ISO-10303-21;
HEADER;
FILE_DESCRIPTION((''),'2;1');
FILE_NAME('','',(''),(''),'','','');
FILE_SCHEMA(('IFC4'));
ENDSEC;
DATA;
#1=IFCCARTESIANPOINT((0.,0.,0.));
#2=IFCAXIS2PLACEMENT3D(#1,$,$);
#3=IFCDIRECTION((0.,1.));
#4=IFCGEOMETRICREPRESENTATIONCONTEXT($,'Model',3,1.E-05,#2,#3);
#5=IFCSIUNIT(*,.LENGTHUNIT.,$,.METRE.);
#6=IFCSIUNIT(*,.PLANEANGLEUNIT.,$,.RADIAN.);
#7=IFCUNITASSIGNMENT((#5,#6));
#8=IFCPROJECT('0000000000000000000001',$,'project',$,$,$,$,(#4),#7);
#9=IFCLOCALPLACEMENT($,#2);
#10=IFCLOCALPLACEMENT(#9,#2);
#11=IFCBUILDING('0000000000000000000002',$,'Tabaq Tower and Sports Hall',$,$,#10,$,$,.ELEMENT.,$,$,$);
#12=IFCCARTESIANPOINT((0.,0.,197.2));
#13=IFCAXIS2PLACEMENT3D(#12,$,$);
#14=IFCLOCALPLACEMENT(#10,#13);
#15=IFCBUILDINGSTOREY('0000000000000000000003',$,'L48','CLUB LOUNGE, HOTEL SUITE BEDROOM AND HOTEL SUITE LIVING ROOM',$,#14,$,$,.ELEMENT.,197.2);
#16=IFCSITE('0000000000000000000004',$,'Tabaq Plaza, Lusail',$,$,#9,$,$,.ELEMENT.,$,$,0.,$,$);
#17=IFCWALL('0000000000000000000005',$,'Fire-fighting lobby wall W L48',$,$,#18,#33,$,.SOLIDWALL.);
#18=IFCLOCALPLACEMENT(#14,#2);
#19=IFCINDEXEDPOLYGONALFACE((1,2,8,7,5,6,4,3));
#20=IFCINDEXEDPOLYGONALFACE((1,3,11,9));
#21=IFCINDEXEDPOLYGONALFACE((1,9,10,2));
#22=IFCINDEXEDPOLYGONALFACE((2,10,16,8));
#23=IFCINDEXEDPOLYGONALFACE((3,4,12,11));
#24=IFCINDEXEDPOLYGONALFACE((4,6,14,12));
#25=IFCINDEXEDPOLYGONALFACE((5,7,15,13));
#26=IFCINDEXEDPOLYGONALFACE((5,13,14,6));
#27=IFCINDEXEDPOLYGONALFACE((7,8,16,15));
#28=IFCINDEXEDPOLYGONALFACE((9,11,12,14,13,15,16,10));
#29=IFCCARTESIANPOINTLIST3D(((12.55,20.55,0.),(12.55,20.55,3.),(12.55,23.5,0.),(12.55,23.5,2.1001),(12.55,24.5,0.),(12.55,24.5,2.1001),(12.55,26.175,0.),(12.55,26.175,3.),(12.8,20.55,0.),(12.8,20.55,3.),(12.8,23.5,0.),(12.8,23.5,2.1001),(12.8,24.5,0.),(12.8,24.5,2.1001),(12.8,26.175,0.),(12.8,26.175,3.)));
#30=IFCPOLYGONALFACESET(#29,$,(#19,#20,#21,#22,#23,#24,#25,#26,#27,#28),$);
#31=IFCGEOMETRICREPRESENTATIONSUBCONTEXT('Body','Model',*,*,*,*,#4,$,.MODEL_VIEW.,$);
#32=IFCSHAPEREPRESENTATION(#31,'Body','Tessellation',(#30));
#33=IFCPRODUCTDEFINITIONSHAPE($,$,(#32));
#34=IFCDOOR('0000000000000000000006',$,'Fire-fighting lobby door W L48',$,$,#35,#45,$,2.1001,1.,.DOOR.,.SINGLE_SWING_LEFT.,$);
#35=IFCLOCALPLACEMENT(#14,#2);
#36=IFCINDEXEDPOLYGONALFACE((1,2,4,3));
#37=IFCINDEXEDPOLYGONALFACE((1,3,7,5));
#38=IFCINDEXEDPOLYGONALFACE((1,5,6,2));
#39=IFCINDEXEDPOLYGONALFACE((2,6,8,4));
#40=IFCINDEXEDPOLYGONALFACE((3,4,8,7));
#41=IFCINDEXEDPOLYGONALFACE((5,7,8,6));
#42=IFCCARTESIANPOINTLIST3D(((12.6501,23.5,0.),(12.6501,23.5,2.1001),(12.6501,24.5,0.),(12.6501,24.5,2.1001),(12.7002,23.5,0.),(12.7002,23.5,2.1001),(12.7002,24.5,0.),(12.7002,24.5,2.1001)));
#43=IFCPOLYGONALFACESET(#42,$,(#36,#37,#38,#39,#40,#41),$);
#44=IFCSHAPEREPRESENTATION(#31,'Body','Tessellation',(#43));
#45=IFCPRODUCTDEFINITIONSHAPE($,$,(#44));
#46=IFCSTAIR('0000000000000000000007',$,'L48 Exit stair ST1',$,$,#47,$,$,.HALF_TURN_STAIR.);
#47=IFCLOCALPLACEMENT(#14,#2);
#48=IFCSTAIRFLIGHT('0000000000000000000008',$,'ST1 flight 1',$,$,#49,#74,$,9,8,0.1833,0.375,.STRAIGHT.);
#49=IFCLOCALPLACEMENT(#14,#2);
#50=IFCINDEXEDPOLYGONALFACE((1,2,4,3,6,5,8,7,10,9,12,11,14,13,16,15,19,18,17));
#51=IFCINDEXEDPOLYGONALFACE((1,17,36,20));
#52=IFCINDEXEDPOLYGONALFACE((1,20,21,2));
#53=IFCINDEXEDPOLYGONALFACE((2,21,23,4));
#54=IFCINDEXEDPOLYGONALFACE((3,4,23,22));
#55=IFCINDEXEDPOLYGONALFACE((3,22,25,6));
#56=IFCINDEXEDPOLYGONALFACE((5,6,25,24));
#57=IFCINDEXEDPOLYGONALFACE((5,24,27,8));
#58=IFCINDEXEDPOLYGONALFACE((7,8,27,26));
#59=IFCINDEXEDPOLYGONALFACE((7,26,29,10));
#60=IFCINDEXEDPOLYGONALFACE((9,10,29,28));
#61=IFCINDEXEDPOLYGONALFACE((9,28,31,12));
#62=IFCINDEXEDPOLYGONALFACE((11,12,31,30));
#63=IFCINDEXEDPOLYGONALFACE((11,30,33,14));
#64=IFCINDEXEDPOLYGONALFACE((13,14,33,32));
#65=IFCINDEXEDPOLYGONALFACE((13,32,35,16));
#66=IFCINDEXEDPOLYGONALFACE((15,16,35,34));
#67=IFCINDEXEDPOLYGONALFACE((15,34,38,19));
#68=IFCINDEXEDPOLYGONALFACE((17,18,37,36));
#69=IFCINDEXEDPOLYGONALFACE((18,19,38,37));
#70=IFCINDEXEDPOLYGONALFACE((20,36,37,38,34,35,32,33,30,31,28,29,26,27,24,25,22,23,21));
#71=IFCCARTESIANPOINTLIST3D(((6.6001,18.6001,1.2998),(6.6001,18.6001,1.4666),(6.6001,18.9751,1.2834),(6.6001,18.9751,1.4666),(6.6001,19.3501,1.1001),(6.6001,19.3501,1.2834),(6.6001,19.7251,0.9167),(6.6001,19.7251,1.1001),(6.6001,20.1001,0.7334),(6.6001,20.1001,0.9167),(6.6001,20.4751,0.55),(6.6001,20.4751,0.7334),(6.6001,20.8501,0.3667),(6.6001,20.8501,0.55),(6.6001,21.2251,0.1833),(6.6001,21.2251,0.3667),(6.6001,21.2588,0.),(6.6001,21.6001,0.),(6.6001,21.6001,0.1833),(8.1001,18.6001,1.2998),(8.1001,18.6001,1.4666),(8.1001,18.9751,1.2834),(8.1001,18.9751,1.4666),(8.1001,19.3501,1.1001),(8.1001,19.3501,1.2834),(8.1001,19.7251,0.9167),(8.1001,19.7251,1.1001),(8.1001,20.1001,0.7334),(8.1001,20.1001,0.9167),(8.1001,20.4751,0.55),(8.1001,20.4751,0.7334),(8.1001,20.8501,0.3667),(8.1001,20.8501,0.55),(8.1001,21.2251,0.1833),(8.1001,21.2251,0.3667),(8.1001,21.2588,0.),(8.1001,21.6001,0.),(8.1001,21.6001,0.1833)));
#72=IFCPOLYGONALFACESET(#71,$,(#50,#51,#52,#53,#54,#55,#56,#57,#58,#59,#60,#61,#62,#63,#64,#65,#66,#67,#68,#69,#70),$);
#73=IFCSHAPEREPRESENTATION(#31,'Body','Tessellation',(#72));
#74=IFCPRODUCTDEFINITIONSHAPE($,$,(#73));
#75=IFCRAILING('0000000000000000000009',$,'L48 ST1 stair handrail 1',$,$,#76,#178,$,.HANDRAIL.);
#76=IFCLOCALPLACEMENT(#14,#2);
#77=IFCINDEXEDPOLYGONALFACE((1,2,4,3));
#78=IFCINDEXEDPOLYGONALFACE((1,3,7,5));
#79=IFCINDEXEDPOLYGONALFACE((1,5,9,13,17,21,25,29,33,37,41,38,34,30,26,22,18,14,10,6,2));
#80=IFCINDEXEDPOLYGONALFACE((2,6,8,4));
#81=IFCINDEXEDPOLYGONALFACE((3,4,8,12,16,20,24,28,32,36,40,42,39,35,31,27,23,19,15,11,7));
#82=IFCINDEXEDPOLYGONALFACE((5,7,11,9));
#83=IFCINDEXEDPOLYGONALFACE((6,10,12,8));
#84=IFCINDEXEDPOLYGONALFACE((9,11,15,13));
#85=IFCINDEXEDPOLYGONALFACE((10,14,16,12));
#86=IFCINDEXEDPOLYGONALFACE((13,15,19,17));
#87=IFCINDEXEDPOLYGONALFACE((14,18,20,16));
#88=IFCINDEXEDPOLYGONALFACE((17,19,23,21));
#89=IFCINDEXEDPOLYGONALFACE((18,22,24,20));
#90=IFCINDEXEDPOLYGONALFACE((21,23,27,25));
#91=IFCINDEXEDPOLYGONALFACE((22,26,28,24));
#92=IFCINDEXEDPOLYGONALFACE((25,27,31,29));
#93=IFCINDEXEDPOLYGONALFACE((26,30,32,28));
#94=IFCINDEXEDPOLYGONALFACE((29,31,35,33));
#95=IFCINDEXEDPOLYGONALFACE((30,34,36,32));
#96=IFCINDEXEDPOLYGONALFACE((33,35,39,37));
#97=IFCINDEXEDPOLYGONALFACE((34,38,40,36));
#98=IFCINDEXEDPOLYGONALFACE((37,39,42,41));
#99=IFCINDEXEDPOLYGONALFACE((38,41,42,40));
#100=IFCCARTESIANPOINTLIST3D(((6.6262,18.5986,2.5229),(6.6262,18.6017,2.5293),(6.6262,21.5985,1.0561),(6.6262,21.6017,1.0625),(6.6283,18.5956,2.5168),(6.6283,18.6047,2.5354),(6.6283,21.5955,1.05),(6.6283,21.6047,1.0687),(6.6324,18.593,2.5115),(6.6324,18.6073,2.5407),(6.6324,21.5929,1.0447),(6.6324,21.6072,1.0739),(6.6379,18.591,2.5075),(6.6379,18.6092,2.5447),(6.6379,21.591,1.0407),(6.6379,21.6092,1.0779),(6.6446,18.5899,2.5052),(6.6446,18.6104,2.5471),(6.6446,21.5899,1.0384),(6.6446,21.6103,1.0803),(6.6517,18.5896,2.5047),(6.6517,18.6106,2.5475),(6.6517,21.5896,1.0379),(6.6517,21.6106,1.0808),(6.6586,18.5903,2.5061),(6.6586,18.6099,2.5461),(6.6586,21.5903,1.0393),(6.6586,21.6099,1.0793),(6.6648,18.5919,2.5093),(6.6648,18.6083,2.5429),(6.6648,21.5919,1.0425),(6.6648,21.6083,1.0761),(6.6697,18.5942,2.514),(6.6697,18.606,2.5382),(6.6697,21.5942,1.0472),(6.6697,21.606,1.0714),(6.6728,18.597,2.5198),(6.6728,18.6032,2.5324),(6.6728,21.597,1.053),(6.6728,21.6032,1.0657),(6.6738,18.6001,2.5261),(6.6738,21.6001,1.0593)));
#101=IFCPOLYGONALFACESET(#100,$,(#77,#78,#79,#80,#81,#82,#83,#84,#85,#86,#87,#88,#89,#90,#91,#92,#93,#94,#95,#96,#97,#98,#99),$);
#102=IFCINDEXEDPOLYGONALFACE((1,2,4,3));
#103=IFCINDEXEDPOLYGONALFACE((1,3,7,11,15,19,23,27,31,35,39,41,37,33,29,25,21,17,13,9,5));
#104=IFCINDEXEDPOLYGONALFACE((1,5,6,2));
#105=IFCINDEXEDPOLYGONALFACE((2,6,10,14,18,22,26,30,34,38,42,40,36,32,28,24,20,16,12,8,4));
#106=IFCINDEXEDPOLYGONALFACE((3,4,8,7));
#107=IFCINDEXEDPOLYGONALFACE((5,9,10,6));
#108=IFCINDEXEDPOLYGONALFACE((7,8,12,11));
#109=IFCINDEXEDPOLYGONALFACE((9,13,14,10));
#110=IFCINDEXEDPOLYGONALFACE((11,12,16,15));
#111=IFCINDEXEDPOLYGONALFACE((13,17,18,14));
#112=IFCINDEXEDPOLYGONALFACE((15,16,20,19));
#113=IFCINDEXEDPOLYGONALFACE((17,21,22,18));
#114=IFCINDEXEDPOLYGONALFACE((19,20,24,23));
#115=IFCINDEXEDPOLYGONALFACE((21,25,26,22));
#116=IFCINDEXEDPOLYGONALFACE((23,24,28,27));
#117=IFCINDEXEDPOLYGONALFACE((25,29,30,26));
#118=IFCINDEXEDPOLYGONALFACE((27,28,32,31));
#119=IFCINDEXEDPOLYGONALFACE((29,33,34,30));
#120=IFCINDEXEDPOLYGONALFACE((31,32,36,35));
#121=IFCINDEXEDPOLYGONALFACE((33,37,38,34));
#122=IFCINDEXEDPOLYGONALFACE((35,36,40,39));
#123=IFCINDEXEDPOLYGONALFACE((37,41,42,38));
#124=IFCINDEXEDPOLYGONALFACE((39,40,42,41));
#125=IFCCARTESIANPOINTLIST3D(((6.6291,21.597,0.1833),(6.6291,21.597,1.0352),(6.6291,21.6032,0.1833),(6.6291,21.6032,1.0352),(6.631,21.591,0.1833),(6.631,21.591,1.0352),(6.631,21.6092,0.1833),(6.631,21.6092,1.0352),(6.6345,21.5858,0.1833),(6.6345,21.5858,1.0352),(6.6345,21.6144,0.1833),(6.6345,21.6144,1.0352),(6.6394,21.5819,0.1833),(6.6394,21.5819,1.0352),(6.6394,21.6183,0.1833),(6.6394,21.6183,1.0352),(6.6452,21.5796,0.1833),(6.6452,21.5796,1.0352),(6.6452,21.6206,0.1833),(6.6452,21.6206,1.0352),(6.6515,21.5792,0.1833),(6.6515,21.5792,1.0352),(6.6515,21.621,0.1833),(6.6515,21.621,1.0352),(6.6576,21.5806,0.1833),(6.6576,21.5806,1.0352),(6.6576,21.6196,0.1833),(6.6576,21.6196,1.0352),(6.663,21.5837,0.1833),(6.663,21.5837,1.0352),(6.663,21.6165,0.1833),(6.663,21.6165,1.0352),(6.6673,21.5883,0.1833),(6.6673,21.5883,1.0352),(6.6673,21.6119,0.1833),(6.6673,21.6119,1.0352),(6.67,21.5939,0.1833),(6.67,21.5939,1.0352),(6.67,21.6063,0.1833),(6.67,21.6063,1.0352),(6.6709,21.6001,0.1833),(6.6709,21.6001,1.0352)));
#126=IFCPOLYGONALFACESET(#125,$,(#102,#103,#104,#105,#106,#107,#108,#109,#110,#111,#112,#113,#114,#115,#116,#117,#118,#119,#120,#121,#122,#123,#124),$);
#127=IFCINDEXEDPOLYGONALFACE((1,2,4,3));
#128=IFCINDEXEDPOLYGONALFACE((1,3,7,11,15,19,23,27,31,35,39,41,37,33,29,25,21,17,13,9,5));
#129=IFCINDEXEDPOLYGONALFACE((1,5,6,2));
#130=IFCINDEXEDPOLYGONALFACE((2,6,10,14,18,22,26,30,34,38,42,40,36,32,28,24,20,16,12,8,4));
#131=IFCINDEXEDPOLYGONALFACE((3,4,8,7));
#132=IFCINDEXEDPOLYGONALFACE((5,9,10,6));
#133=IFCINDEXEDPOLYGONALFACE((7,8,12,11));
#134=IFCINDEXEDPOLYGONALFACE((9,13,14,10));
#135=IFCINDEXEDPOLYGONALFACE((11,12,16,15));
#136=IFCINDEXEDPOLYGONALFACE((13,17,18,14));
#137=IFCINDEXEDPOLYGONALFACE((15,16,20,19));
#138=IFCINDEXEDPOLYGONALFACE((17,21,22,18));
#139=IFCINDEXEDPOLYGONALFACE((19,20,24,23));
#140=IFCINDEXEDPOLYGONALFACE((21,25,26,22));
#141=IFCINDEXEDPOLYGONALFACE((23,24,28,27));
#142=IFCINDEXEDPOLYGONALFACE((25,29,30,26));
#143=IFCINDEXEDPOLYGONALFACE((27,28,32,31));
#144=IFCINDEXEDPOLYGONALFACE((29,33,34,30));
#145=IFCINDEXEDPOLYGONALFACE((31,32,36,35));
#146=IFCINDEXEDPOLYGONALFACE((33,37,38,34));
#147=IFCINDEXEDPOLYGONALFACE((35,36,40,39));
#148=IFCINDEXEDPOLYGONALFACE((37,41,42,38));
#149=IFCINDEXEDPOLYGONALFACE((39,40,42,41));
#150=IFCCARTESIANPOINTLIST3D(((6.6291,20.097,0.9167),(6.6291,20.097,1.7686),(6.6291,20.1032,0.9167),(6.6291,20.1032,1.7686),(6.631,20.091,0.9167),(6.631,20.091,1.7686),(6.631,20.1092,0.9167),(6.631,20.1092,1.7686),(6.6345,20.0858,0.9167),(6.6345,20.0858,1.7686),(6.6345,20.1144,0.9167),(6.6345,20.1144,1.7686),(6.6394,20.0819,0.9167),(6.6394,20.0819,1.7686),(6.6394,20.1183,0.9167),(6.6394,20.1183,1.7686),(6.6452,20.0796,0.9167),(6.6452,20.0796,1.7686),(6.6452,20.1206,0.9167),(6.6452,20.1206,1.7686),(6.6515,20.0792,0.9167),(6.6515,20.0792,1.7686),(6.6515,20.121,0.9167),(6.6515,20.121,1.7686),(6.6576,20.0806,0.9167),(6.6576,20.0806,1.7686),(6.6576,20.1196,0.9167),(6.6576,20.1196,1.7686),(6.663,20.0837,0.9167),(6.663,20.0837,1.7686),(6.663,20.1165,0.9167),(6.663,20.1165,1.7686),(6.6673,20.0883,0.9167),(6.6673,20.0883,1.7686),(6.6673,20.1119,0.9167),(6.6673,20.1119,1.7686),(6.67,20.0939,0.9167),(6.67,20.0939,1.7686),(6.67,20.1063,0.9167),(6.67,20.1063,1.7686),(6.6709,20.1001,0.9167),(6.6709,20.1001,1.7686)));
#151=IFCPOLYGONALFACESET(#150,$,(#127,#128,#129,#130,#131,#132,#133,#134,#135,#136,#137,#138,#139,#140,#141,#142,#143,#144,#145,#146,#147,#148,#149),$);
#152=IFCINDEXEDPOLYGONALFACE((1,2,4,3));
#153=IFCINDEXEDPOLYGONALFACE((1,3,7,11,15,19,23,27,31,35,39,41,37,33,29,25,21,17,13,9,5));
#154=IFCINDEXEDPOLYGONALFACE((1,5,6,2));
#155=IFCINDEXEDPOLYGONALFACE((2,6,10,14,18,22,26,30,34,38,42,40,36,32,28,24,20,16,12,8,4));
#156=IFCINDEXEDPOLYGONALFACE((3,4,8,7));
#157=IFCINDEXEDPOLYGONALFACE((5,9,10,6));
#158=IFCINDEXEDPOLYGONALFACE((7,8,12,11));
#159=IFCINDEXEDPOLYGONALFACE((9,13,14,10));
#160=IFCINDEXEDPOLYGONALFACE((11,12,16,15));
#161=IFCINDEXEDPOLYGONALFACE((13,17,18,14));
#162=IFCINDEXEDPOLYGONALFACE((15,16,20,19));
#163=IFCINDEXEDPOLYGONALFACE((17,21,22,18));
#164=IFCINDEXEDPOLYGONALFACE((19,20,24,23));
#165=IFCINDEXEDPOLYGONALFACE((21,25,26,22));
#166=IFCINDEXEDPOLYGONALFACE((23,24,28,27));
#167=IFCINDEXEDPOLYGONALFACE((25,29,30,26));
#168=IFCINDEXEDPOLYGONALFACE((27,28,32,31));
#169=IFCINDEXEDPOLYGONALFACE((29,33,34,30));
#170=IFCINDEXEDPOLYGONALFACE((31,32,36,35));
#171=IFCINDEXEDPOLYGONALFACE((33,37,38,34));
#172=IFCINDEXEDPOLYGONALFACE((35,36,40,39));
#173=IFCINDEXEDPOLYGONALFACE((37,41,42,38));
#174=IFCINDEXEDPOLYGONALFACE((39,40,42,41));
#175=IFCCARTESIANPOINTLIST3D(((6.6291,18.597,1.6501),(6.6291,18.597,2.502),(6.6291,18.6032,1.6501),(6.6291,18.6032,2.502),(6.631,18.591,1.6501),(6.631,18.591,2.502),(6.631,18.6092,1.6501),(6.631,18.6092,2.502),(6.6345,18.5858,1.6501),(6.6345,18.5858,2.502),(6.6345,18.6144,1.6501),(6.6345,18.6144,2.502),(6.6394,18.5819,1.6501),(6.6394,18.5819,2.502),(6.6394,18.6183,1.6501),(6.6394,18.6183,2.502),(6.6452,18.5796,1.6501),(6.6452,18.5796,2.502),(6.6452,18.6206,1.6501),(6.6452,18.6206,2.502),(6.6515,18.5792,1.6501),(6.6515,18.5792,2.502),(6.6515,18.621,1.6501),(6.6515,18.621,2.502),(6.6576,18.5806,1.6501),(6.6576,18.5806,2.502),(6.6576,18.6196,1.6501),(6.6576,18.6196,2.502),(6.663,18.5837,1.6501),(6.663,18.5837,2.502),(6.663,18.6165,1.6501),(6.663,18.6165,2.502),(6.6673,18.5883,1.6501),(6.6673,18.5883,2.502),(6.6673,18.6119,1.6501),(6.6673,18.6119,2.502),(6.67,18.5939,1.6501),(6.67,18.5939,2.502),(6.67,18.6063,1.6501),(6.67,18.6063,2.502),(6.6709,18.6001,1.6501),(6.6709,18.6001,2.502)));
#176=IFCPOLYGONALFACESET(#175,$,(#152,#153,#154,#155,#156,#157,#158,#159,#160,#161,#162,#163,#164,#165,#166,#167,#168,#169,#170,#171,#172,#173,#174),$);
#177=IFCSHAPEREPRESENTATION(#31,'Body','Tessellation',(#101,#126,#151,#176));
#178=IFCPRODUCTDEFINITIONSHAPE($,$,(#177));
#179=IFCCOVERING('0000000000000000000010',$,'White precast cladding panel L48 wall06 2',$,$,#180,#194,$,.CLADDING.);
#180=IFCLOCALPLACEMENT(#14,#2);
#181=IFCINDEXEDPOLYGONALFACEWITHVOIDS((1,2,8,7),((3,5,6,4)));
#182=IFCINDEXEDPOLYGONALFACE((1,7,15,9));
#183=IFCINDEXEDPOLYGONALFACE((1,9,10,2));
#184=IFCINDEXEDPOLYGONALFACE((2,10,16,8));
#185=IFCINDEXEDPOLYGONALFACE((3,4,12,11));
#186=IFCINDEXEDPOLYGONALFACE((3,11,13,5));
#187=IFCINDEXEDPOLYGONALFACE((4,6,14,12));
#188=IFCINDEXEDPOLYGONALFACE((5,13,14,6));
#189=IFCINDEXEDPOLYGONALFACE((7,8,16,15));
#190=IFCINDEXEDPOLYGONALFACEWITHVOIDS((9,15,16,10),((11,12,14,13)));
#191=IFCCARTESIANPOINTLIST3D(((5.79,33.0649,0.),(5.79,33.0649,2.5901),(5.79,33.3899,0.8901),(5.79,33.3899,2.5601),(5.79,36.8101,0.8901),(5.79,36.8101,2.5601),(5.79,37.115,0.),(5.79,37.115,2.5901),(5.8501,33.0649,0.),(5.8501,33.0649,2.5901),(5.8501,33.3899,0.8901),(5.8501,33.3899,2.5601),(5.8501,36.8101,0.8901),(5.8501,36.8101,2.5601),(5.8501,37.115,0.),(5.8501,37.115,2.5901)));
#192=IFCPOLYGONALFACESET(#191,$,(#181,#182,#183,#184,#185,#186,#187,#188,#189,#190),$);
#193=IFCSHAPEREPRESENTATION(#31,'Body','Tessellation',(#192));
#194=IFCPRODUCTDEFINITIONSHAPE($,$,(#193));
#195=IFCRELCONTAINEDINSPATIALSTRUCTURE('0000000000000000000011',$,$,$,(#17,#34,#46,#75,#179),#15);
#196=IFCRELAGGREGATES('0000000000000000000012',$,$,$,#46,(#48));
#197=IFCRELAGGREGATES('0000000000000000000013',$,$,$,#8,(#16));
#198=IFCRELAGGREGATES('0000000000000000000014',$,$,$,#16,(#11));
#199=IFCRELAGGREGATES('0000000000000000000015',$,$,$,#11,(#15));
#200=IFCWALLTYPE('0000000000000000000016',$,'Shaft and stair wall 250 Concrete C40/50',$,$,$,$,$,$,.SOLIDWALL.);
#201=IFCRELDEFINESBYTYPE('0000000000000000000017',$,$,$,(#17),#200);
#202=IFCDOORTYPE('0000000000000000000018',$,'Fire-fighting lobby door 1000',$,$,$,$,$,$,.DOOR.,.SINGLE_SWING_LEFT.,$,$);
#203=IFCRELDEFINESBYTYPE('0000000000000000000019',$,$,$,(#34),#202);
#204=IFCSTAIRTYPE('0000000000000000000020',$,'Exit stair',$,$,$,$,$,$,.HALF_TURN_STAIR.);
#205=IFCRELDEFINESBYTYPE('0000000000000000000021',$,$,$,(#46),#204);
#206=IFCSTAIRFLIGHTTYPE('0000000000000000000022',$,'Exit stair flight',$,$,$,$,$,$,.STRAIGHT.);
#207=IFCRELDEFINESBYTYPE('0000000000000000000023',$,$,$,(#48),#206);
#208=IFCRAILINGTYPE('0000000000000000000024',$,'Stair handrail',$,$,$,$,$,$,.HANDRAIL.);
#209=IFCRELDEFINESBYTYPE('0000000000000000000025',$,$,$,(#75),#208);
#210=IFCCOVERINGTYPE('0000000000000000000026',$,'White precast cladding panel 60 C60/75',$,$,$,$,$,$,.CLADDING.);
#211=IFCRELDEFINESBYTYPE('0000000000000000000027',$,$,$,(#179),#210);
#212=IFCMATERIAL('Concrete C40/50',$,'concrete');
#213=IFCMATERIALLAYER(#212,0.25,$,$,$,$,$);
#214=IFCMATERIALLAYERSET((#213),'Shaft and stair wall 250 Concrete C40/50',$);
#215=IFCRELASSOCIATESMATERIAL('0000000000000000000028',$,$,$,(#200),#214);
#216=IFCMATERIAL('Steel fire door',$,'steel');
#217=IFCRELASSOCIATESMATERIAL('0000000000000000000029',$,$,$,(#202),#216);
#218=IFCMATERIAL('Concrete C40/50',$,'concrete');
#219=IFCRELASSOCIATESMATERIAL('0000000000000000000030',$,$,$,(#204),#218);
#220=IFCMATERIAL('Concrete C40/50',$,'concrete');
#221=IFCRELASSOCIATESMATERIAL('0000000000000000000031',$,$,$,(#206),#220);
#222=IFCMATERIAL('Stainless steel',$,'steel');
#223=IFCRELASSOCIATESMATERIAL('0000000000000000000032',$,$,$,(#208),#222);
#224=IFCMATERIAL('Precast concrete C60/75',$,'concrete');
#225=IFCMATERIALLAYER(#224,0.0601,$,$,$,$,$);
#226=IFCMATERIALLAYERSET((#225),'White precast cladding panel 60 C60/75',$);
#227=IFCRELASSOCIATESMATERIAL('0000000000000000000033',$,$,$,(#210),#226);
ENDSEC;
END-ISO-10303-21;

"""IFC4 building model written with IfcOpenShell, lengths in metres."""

from ifc_helpers import new_model, si_unit, direction, frame, frame_2d, origin, origin_2d, place, context, subcontext, project, spatial, polyline, rectangle, circle, outline, extrude, material, layer, layer_set, type_object, element, fill, aggregate, save


model = new_model("IFC4")

# Units and contexts
model_context = context("Model", 3, precision=1e-05, world=origin(), true_north=direction((0.0, 1.0)))
body_context = subcontext(model_context, "Body", "Model", "MODEL_VIEW")
ifc_project = project(units=[si_unit("LENGTHUNIT", "METRE"), si_unit("PLANEANGLEUNIT", "RADIAN")], contexts=[model_context])

# Site, building, storey
site_placement = place(None, origin())
site = spatial("IfcSite", under=ifc_project, at=site_placement, Name="Tabaq Plaza, Lusail", CompositionType="ELEMENT", RefElevation=0.0)
building_placement = place(site_placement, origin())
building = spatial("IfcBuilding", under=site, at=building_placement, Name="Tabaq Tower and Sports Hall", CompositionType="ELEMENT")
storey_placement = place(building_placement, frame((0.0, 0.0, 197.2)))
storey = spatial("IfcBuildingStorey", under=building, at=storey_placement, Name="L48", Description="CLUB LOUNGE, HOTEL SUITE BEDROOM AND HOTEL SUITE LIVING ROOM", CompositionType="ELEMENT", Elevation=197.2)

# Shared definitions
ifc_material_1 = material(Name="Concrete C40/50", Category="concrete")
ifc_layer_1 = layer(ifc_material_1, 0.25)
ifc_layer_set_1 = layer_set([ifc_layer_1], Name="Shaft and stair wall 250 Concrete C40/50")
wall_type_1 = type_object("IfcWallType", Name="Shaft and stair wall 250 Concrete C40/50", PredefinedType="SOLIDWALL", material=ifc_layer_set_1)

# Shared definitions
ifc_material_2 = material(Name="Steel fire door", Category="steel")
door_type_1 = type_object("IfcDoorType", Name="Fire-fighting lobby door 1000", OperationType="SINGLE_SWING_LEFT", PredefinedType="DOOR", material=ifc_material_2)

# Wall, opening, door
wall_1_placement = place(storey_placement, frame((12.675, 20.55, 0.0), z_axis=(0.0, 0.0, 1.0), x_axis=(0.0, 1.0, 0.0)))
wall_1 = element("IfcWall", 1, at=wall_1_placement, inside=storey, type_object=wall_type_1, Name="Fire-fighting lobby wall W L48", PredefinedType="SOLIDWALL", context=body_context, shape_type="SweptSolid", body=[
    extrude(rectangle(XDim=5.625, YDim=0.25, at=frame_2d((2.8125, 0.0))), origin(), (0.0, 0.0, 1.0), 3.0),
])
opening_1_placement = place(wall_1_placement, frame((2.95, 0.0, 0.0)))
opening_1 = element("IfcOpeningElement", 2, at=opening_1_placement, cuts=wall_1, PredefinedType="OPENING", context=body_context, shape_type="SweptSolid", body=[
    extrude(rectangle(XDim=1.0, YDim=2.1001, at=frame_2d((0.5, 1.05))), frame((0.0, 0.125, 0.0), z_axis=(0.0, -1.0, 0.0), x_axis=(1.0, 0.0, 0.0)), (0.0, 0.0, 1.0), 0.25),
])
door_1_placement = place(opening_1_placement, origin())
door_1 = element("IfcDoor", 3, at=door_1_placement, inside=storey, type_object=door_type_1, Name="Fire-fighting lobby door W L48", OperationType="SINGLE_SWING_LEFT", OverallHeight=2.1001, OverallWidth=1.0, PredefinedType="DOOR", context=body_context, shape_type="SweptSolid", body=[
    extrude(rectangle(XDim=1.0, YDim=2.1001, at=frame_2d((0.5, 1.05))), frame((0.0, 0.0249, 0.0), z_axis=(0.0, -1.0, 0.0), x_axis=(1.0, 0.0, 0.0)), (0.0, 0.0, 1.0), 0.05),
])
fill(opening_1, door_1)

# Stair, stair flight
ifc_material_3 = material(Name="Concrete C40/50", Category="concrete")
stair_type = type_object("IfcStairType", Name="Exit stair", PredefinedType="HALF_TURN_STAIR", material=ifc_material_3)
stair_placement = place(storey_placement, origin())
stair = element("IfcStair", 4, at=stair_placement, inside=storey, type_object=stair_type, Name="L48 Exit stair ST1", PredefinedType="HALF_TURN_STAIR")
ifc_material_4 = material(Name="Concrete C40/50", Category="concrete")
stair_flight_type = type_object("IfcStairFlightType", Name="Exit stair flight", PredefinedType="STRAIGHT", material=ifc_material_4)
stair_flight_placement = place(storey_placement, frame((7.3501, 21.6001, 0.0), z_axis=(0.0, 0.0, 1.0), x_axis=(0.0, -1.0, 0.0)))
stair_flight = element("IfcStairFlight", 5, at=stair_flight_placement, type_object=stair_flight_type, Name="ST1 flight 1", NumberOfRisers=9, NumberOfTreads=8, PredefinedType="STRAIGHT", RiserHeight=0.1833, TreadLength=0.375, context=body_context, shape_type="SweptSolid", body=[
    extrude(outline(polyline([(0.0, 0.0), (0.0, 0.1833), (0.375, 0.1833), (0.375, 0.3667), (0.75, 0.3667), (0.75, 0.55), (1.125, 0.55), (1.125, 0.7334), (1.5, 0.7334), (1.5, 0.9167), (1.875, 0.9167), (1.875, 1.1001), (2.25, 1.1001), (2.25, 1.2834), (2.625, 1.2834), (2.625, 1.4666), (3.0, 1.4666), (3.0, 1.6499), (3.0, 1.2998), (0.3413, 0.0), (0.0, 0.0)])), frame((0.0, 0.75, 0.0), z_axis=(0.0, -1.0, 0.0), x_axis=(1.0, 0.0, 0.0)), (0.0, 0.0, 1.0), 1.5),
])
aggregate(stair, [stair_flight])

# Railing
ifc_material_5 = material(Name="Stainless steel", Category="steel")
railing_type_1 = type_object("IfcRailingType", Name="Stair handrail", PredefinedType="HANDRAIL", material=ifc_material_5)
railing_1_placement = place(storey_placement, frame((6.6499, 21.6001, 0.1833)))
element("IfcRailing", 6, at=railing_1_placement, inside=storey, type_object=railing_type_1, Name="L48 ST1 stair handrail 1", PredefinedType="HANDRAIL", context=body_context, shape_type="SweptSolid", body=[
    extrude(circle(Radius=0.0239, at=origin_2d()), frame((0.0, 0.0, 0.876), z_axis=(0.0, -0.898369, 0.439242), x_axis=(1.0, 0.0, 0.0)), (0.0, 0.0, 1.0), 3.3394),
    extrude(circle(Radius=0.021, at=origin_2d()), origin(), (0.0, 0.0, 1.0), 0.8518),
    extrude(circle(Radius=0.021, at=origin_2d()), frame((0.0, -1.5, 0.7334)), (0.0, 0.0, 1.0), 0.8518),
    extrude(circle(Radius=0.021, at=origin_2d()), frame((0.0, -3.0, 1.4668)), (0.0, 0.0, 1.0), 0.8518),
])

# Covering
ifc_material_6 = material(Name="Precast concrete C60/75", Category="concrete")
ifc_layer_2 = layer(ifc_material_6, 0.0601)
ifc_layer_set_2 = layer_set([ifc_layer_2], Name="White precast cladding panel 60 C60/75")
covering_type = type_object("IfcCoveringType", Name="White precast cladding panel 60 C60/75", PredefinedType="CLADDING", material=ifc_layer_set_2)
covering_placement = place(storey_placement, frame((5.8201, 37.115, 0.0), z_axis=(0.0, 0.0, 1.0), x_axis=(0.0, -1.0, 0.0)))
element("IfcCovering", 7, at=covering_placement, inside=storey, type_object=covering_type, Name="White precast cladding panel L48 wall06 2", PredefinedType="CLADDING", context=body_context, shape_type="SweptSolid", body=[
    extrude(outline(polyline([(0.0, 0.0), (4.05, 0.0), (4.05, 2.5901), (0.0, 2.5901), (0.0, 0.0)]), holes=[polyline([(3.7251, 0.8901), (0.3049, 0.8901), (0.3049, 2.5601), (3.7251, 2.5601), (3.7251, 0.8901)])]), frame((0.0, 0.03, 0.0), z_axis=(0.0, -1.0, 0.0), x_axis=(1.0, 0.0, 0.0)), (0.0, 0.0, 1.0), 0.0601),
])

save(model, "model.ifc")
